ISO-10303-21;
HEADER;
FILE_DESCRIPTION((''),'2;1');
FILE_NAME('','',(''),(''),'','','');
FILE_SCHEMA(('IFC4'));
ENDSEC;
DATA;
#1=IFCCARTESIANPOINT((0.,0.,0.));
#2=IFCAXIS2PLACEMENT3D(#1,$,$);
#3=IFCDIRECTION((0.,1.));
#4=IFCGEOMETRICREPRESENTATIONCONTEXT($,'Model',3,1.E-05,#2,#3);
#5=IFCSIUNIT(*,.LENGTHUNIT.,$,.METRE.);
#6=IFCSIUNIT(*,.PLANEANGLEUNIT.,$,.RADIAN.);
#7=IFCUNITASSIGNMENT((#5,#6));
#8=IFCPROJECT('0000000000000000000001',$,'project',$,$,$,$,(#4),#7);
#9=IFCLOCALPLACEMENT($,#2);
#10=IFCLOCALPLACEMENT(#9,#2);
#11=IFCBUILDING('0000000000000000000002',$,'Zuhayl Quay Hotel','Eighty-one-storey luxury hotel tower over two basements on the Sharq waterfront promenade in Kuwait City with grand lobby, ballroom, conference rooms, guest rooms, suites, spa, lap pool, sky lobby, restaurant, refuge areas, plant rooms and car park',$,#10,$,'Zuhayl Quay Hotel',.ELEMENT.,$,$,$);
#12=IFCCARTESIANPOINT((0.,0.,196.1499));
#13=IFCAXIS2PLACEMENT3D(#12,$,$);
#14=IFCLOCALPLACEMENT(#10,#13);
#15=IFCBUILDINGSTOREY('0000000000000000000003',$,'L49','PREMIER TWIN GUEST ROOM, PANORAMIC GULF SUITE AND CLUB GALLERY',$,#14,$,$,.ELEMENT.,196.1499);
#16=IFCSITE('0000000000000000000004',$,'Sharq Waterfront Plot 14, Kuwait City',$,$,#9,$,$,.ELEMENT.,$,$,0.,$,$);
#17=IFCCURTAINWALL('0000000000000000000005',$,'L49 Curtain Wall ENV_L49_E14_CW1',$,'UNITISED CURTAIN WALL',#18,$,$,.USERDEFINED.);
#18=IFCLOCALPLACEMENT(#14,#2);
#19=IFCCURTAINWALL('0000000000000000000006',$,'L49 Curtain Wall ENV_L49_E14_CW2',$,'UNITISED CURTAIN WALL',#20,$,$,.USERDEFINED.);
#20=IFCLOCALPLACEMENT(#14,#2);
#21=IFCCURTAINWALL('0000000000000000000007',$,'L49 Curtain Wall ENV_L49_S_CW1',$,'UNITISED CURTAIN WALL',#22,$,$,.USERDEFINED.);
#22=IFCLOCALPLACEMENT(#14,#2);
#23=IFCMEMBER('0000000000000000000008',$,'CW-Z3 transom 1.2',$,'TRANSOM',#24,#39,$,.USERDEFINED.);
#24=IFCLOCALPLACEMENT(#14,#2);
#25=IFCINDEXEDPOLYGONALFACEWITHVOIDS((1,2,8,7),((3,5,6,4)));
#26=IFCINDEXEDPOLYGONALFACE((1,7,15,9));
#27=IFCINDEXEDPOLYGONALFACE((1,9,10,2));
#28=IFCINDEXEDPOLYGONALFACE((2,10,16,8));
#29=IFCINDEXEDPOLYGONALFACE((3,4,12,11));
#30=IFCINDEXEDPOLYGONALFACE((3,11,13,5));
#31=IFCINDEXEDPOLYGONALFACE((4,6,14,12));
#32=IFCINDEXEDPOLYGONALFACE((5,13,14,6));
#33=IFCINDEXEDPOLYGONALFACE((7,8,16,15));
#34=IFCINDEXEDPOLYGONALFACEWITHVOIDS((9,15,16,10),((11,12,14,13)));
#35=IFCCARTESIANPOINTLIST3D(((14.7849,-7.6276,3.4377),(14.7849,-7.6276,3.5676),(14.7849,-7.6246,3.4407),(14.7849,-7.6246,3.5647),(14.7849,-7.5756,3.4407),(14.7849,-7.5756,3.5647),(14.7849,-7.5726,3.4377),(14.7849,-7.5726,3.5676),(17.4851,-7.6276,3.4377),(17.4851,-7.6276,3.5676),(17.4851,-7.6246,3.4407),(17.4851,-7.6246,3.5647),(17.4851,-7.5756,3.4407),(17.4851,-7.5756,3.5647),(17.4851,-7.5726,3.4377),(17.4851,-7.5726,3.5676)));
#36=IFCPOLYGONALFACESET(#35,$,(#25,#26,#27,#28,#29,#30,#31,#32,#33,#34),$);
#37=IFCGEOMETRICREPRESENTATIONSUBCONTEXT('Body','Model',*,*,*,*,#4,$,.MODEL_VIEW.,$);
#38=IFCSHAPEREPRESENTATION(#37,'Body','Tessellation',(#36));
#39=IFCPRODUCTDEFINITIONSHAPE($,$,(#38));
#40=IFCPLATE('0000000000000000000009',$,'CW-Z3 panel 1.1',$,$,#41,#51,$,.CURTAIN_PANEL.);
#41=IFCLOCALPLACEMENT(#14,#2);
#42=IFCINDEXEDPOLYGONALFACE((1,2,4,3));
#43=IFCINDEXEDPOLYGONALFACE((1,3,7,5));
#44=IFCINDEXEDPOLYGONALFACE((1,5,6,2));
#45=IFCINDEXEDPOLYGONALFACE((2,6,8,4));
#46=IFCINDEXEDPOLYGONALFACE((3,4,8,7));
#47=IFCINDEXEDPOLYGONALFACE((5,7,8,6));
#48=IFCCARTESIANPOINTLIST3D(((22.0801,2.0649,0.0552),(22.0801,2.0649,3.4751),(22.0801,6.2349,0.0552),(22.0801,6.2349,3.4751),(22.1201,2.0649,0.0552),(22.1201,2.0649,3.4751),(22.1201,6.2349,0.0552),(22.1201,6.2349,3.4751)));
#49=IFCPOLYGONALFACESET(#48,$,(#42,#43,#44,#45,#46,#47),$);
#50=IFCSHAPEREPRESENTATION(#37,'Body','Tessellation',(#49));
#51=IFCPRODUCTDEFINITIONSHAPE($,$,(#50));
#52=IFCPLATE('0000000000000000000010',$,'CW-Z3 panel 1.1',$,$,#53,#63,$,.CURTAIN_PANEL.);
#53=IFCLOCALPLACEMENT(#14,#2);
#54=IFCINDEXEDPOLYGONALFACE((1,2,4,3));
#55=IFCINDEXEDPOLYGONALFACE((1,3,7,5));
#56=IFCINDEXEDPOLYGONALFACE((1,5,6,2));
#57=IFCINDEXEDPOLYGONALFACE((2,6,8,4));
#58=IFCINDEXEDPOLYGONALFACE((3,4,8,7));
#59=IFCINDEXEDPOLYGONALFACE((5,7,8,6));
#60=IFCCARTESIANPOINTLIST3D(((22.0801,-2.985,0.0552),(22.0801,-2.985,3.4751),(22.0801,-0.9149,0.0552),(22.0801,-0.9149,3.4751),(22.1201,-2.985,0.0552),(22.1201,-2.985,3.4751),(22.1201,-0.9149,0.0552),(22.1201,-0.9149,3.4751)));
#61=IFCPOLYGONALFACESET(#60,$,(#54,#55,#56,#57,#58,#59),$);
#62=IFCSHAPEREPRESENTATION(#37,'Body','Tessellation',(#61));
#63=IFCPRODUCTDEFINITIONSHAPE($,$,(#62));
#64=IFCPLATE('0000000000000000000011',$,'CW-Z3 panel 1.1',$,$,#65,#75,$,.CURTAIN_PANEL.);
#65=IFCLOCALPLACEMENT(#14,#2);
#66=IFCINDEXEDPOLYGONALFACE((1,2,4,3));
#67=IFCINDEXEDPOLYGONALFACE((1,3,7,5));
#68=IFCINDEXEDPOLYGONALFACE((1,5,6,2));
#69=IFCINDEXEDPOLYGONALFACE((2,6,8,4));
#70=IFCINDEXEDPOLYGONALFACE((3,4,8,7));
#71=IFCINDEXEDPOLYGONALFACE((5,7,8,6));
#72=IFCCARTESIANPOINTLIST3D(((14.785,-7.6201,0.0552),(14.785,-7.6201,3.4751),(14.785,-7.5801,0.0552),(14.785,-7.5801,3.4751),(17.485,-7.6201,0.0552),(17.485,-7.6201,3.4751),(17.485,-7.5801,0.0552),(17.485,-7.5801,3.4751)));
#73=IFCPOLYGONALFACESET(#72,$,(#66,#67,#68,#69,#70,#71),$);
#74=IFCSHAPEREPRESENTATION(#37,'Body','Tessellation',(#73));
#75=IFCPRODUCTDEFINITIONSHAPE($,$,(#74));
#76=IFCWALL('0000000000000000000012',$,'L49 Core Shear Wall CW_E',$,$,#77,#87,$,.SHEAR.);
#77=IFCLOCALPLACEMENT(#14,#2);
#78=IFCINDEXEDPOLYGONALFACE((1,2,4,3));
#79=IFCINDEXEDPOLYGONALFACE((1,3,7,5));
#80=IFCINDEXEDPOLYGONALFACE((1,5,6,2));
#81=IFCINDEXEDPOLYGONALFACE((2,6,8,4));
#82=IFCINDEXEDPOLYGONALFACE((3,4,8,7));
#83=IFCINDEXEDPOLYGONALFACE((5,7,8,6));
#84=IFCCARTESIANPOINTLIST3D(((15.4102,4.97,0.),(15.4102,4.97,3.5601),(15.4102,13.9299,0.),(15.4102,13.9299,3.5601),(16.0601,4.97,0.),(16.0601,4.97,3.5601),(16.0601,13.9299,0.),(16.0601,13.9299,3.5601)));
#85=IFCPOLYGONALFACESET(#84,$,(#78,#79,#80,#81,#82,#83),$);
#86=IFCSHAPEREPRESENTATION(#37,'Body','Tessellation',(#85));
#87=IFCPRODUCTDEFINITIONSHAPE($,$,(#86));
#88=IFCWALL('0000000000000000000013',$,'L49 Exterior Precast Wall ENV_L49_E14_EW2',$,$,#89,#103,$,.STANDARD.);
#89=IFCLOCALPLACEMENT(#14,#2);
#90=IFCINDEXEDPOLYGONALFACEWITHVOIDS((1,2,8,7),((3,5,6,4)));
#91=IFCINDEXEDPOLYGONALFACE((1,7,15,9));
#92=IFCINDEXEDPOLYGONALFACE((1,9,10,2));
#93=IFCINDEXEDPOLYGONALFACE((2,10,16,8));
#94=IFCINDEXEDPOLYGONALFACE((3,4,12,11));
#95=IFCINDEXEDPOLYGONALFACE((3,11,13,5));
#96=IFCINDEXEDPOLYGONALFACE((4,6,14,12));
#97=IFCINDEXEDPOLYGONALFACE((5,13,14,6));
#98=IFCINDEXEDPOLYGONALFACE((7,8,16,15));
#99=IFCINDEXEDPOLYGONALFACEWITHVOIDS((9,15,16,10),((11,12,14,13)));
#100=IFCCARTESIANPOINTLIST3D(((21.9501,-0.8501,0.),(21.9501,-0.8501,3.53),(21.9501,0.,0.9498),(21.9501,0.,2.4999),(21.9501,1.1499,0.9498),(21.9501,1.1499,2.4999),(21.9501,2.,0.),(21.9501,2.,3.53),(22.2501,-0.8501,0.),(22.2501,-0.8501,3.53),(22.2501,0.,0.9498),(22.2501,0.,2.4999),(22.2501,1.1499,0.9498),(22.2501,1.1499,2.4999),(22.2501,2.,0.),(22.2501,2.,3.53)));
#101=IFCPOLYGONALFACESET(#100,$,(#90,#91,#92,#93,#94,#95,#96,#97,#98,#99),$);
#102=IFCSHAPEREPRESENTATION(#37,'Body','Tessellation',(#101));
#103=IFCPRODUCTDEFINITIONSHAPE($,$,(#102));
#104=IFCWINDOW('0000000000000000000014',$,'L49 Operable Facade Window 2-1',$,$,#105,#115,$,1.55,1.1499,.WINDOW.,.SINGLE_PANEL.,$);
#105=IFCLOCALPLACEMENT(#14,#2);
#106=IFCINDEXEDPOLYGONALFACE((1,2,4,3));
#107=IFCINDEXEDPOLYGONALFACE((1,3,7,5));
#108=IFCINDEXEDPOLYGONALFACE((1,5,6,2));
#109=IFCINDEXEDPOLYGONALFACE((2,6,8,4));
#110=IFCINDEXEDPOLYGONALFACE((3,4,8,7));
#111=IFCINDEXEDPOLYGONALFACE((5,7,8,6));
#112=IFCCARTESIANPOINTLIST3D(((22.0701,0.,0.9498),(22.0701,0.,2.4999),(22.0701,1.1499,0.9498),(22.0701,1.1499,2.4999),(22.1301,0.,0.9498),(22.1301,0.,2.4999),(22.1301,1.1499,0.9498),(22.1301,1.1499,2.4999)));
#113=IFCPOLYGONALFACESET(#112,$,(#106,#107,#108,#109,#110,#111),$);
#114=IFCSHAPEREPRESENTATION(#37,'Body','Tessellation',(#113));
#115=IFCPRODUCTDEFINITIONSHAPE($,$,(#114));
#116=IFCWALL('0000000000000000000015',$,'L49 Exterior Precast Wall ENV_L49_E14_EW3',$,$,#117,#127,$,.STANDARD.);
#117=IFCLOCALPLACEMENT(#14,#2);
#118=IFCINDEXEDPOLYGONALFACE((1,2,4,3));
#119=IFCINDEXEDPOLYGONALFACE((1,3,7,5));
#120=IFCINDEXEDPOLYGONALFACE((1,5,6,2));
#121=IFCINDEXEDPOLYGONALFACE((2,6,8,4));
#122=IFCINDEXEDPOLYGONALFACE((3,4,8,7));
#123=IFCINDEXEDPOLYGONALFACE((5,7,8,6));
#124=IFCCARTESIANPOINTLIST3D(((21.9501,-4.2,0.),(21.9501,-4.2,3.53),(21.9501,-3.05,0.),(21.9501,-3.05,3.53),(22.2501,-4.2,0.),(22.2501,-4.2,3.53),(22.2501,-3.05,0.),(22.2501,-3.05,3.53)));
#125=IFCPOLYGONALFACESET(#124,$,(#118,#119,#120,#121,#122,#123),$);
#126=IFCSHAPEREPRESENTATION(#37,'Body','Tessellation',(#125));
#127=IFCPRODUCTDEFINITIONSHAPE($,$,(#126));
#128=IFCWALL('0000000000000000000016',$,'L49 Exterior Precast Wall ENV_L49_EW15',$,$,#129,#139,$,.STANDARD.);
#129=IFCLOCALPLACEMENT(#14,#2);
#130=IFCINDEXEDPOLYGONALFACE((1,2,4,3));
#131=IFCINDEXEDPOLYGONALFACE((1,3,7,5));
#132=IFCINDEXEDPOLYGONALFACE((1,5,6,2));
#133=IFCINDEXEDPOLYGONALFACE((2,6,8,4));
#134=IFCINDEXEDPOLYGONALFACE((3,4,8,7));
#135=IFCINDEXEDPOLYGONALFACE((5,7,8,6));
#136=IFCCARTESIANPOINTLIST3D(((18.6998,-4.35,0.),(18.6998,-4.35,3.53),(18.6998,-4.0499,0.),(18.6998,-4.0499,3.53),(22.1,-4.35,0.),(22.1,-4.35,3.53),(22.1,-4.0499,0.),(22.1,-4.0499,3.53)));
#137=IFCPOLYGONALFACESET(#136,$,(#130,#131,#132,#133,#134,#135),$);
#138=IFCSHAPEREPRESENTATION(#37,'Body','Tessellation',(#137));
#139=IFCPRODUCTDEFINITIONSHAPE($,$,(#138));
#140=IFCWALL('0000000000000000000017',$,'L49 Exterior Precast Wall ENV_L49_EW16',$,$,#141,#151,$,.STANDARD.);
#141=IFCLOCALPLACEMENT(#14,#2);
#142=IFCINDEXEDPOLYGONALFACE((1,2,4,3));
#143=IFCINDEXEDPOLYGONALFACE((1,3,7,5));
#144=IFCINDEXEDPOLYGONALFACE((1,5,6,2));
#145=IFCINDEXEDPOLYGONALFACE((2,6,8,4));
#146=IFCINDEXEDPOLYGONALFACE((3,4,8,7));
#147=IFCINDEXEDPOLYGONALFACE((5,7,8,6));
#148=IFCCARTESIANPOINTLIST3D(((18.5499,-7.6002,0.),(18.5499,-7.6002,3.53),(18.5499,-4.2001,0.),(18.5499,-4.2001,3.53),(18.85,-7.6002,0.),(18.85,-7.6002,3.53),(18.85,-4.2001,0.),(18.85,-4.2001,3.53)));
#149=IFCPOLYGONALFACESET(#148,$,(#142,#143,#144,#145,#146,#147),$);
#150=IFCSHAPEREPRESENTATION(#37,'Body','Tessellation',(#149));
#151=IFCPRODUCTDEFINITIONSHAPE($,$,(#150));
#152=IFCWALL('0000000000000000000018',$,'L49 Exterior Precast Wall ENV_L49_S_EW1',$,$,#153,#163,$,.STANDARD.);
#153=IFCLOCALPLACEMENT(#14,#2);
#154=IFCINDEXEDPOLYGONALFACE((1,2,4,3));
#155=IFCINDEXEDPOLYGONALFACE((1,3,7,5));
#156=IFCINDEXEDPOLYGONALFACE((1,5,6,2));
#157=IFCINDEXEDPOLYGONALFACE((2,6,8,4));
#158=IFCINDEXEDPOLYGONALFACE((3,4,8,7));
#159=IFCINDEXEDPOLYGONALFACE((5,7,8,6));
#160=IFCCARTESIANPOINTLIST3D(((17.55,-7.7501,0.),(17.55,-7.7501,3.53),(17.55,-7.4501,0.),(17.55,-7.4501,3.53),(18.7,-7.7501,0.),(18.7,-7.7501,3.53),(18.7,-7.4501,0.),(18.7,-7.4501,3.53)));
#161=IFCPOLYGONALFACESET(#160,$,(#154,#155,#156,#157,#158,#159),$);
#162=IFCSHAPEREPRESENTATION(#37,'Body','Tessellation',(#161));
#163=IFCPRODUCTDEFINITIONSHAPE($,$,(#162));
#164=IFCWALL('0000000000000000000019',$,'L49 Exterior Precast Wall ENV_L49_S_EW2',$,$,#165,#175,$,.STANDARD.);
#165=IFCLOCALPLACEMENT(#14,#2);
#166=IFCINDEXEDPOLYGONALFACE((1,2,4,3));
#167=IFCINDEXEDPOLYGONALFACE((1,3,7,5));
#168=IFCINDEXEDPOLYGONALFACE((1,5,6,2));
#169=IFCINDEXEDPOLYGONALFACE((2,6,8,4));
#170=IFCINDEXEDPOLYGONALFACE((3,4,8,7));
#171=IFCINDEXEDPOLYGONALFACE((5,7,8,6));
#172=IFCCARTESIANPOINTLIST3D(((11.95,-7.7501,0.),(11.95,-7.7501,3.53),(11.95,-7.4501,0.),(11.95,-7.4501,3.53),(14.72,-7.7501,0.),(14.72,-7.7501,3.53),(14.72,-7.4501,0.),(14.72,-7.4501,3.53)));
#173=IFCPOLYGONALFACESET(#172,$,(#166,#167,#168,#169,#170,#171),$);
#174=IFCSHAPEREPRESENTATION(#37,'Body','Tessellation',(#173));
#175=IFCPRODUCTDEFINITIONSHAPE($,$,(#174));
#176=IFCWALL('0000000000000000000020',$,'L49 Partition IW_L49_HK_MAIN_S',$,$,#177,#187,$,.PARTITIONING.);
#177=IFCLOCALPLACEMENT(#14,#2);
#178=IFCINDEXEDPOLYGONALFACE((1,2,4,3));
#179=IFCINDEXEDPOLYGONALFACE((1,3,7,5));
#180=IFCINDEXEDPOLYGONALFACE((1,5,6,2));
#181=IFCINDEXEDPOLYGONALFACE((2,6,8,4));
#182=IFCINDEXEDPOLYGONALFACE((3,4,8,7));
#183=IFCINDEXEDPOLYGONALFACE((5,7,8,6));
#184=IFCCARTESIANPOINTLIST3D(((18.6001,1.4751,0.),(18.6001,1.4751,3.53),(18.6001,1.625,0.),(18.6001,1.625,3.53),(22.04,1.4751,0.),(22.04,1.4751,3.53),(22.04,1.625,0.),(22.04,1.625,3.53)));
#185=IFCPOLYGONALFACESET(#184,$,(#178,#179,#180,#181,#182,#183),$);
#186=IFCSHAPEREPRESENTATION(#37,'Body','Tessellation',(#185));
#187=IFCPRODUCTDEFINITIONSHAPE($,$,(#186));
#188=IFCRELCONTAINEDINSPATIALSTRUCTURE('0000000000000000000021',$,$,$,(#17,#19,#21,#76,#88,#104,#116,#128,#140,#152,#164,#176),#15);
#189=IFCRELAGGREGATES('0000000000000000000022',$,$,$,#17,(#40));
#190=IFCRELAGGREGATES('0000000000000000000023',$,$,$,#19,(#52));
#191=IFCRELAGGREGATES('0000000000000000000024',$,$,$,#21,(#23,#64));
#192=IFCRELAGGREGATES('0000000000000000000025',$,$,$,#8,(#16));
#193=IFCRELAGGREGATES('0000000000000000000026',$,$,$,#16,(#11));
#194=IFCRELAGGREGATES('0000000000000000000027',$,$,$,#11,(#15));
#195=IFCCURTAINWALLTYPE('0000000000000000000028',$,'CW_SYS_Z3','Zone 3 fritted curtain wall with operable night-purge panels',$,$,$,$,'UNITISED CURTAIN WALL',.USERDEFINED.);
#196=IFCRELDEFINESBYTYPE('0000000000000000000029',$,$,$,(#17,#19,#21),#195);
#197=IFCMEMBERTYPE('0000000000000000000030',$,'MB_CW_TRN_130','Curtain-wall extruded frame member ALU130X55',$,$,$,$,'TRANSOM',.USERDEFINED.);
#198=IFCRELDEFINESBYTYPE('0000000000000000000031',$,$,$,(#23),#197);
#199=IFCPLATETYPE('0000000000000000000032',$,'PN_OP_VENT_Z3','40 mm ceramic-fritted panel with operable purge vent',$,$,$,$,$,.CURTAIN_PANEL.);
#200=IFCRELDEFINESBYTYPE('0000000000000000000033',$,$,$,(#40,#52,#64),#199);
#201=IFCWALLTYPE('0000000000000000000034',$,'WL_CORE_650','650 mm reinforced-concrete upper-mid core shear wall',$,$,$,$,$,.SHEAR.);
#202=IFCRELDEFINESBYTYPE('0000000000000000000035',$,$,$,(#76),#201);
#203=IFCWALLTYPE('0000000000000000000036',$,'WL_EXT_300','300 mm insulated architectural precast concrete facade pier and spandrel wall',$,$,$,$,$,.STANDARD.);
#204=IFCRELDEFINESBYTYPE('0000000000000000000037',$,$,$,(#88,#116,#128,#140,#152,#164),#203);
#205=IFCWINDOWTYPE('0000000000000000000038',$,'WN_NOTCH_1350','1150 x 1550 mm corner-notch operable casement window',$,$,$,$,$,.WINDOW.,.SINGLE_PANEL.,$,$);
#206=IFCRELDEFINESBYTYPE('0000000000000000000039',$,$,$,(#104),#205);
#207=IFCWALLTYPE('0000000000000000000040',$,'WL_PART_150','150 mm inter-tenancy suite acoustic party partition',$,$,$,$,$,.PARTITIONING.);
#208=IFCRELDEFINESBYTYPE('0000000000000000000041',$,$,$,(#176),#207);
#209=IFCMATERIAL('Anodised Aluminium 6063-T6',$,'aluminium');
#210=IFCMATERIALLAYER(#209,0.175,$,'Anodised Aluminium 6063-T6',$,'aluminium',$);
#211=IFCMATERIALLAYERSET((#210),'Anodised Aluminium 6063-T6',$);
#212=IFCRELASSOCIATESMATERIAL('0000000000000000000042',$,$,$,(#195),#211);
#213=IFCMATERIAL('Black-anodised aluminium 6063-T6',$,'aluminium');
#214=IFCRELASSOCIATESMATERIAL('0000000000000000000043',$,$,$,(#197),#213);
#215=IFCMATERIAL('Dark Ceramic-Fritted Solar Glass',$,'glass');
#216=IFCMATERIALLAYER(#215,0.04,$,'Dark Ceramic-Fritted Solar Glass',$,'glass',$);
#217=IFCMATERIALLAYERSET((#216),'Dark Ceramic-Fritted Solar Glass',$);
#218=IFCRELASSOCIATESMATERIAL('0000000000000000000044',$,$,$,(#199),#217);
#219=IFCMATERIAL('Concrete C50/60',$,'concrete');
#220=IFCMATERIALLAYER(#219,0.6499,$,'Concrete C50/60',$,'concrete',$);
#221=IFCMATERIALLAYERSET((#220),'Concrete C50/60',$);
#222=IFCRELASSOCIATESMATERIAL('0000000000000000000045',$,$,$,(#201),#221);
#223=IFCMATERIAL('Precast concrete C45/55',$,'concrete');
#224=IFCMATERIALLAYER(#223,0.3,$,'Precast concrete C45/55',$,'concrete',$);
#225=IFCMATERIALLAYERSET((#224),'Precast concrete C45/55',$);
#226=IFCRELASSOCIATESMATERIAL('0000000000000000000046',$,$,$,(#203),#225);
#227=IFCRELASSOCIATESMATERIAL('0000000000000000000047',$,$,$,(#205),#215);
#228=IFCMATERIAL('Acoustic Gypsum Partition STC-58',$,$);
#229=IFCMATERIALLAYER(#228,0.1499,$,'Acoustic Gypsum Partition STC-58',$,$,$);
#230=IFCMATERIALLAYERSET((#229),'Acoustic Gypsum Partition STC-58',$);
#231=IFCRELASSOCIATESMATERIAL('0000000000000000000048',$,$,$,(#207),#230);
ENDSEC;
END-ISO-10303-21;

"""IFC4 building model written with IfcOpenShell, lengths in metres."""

from ifc_helpers import new_model, si_unit, direction, frame, frame_2d, origin, origin_2d, place, context, subcontext, project, spatial, rectangle, hollow_rectangle, extrude, material, layer, layer_set, material_profile, profile_set, type_object, element, fill, aggregate, save


model = new_model("IFC4")

# Units and contexts
model_context = context("Model", 3, precision=1e-05, world=origin(), true_north=direction((0.0, 1.0)))
body_context = subcontext(model_context, "Body", "Model", "MODEL_VIEW")
ifc_project = project(units=[si_unit("LENGTHUNIT", "METRE"), si_unit("PLANEANGLEUNIT", "RADIAN")], contexts=[model_context])

# Site, building, storey
site_placement = place(None, origin())
site = spatial("IfcSite", under=ifc_project, at=site_placement, Name="Sharq Waterfront Plot 14, Kuwait City", CompositionType="ELEMENT", RefElevation=0.0)
building_placement = place(site_placement, origin())
building = spatial("IfcBuilding", under=site, at=building_placement, Name="Zuhayl Quay Hotel", Description="Eighty-one-storey luxury hotel tower over two basements on the Sharq waterfront promenade in Kuwait City with grand lobby, ballroom, conference rooms, guest rooms, suites, spa, lap pool, sky lobby, restaurant, refuge areas, plant rooms and car park", LongName="Zuhayl Quay Hotel", CompositionType="ELEMENT")
storey_placement = place(building_placement, frame((0.0, 0.0, 196.1499)))
storey = spatial("IfcBuildingStorey", under=building, at=storey_placement, Name="L49", Description="PREMIER TWIN GUEST ROOM, PANORAMIC GULF SUITE AND CLUB GALLERY", CompositionType="ELEMENT", Elevation=196.1499)

# Curtain walls
ifc_material_1 = material(Name="Anodised Aluminium 6063-T6", Category="aluminium")
ifc_layer_1 = layer(ifc_material_1, 0.175, Name="Anodised Aluminium 6063-T6", Category="aluminium")
ifc_layer_set_1 = layer_set([ifc_layer_1], Name="Anodised Aluminium 6063-T6")
curtain_wall_type = type_object("IfcCurtainWallType", Name="CW_SYS_Z3", Description="Zone 3 fritted curtain wall with operable night-purge panels", ElementType="UNITISED CURTAIN WALL", PredefinedType="USERDEFINED", material=ifc_layer_set_1)
curtain_wall_1_placement = place(storey_placement, origin())
curtain_wall_1 = element("IfcCurtainWall", 1, at=curtain_wall_1_placement, inside=storey, type_object=curtain_wall_type, Name="L49 Curtain Wall ENV_L49_E14_CW1", ObjectType="UNITISED CURTAIN WALL", PredefinedType="USERDEFINED")
ifc_material_2 = material(Name="Black-anodised aluminium 6063-T6", Category="aluminium")
curtain_wall_2_placement = place(storey_placement, origin())
curtain_wall_2 = element("IfcCurtainWall", 2, at=curtain_wall_2_placement, inside=storey, type_object=curtain_wall_type, Name="L49 Curtain Wall ENV_L49_E14_CW2", ObjectType="UNITISED CURTAIN WALL", PredefinedType="USERDEFINED")
curtain_wall_3_placement = place(storey_placement, origin())
curtain_wall_3 = element("IfcCurtainWall", 3, at=curtain_wall_3_placement, inside=storey, type_object=curtain_wall_type, Name="L49 Curtain Wall ENV_L49_S_CW1", ObjectType="UNITISED CURTAIN WALL", PredefinedType="USERDEFINED")

# Member
ifc_material_profile_1 = material_profile(ifc_material_2, hollow_rectangle(XDim=0.0549, YDim=0.1299, WallThickness=0.0029, at=origin_2d()), Name="ALU130X55")
ifc_profile_set_1 = profile_set([ifc_material_profile_1], Name="Black-anodised aluminium 6063-T6")
member_type_1 = type_object("IfcMemberType", Name="MB_CW_TRN_130", Description="Curtain-wall extruded frame member ALU130X55", ElementType="TRANSOM", PredefinedType="USERDEFINED", material=ifc_profile_set_1)
member_1_placement = place(storey_placement, frame((17.4851, -7.6001, 3.5027), z_axis=(-1.0, 0.0, 0.0), x_axis=(0.0, -1.0, 0.0)))
member_1 = element("IfcMember", 4, at=member_1_placement, type_object=member_type_1, Name="CW-Z3 transom 1.2", ObjectType="TRANSOM", PredefinedType="USERDEFINED", context=body_context, shape_type="SweptSolid", body=[
    extrude(hollow_rectangle(XDim=0.0549, YDim=0.1299, WallThickness=0.0029, at=origin_2d()), origin(), (0.0, 0.0, 1.0), 2.7002),
])

# Plates
ifc_material_3 = material(Name="Dark Ceramic-Fritted Solar Glass", Category="glass")
ifc_layer_2 = layer(ifc_material_3, 0.04, Name="Dark Ceramic-Fritted Solar Glass", Category="glass")
ifc_layer_set_2 = layer_set([ifc_layer_2], Name="Dark Ceramic-Fritted Solar Glass")
plate_type = type_object("IfcPlateType", Name="PN_OP_VENT_Z3", Description="40 mm ceramic-fritted panel with operable purge vent", PredefinedType="CURTAIN_PANEL", material=ifc_layer_set_2)
plate_1_placement = place(storey_placement, frame((22.1001, 4.1499, 0.0552), z_axis=(0.0, 0.0, 1.0), x_axis=(0.0, -1.0, 0.0)))
plate_1 = element("IfcPlate", 5, at=plate_1_placement, type_object=plate_type, Name="CW-Z3 panel 1.1", PredefinedType="CURTAIN_PANEL", context=body_context, shape_type="SweptSolid", body=[
    extrude(rectangle(XDim=4.1699, YDim=0.04, at=origin_2d()), origin(), (0.0, 0.0, 1.0), 3.4199),
])
aggregate(curtain_wall_1, [plate_1])
plate_2_placement = place(storey_placement, frame((22.1001, -1.95, 0.0552), z_axis=(0.0, 0.0, 1.0), x_axis=(0.0, -1.0, 0.0)))
plate_2 = element("IfcPlate", 6, at=plate_2_placement, type_object=plate_type, Name="CW-Z3 panel 1.1", PredefinedType="CURTAIN_PANEL", context=body_context, shape_type="SweptSolid", body=[
    extrude(rectangle(XDim=2.0701, YDim=0.04, at=origin_2d()), origin(), (0.0, 0.0, 1.0), 3.4199),
])
aggregate(curtain_wall_2, [plate_2])
plate_3_placement = place(storey_placement, frame((16.135, -7.6001, 0.0552), z_axis=(0.0, 0.0, 1.0), x_axis=(-1.0, 0.0, 0.0)))
plate_3 = element("IfcPlate", 7, at=plate_3_placement, type_object=plate_type, Name="CW-Z3 panel 1.1", PredefinedType="CURTAIN_PANEL", context=body_context, shape_type="SweptSolid", body=[
    extrude(rectangle(XDim=2.7, YDim=0.04, at=origin_2d()), origin(), (0.0, 0.0, 1.0), 3.4199),
])
aggregate(curtain_wall_3, [member_1, plate_3])

# Wall
ifc_material_4 = material(Name="Concrete C50/60", Category="concrete")
ifc_layer_3 = layer(ifc_material_4, 0.6499, Name="Concrete C50/60", Category="concrete")
ifc_layer_set_3 = layer_set([ifc_layer_3], Name="Concrete C50/60")
wall_type_1 = type_object("IfcWallType", Name="WL_CORE_650", Description="650 mm reinforced-concrete upper-mid core shear wall", PredefinedType="SHEAR", material=ifc_layer_set_3)
wall_1_placement = place(storey_placement, frame((15.7351, 4.97, 0.0), z_axis=(0.0, 0.0, 1.0), x_axis=(0.0, 1.0, 0.0)))
element("IfcWall", 8, at=wall_1_placement, inside=storey, type_object=wall_type_1, Name="L49 Core Shear Wall CW_E", PredefinedType="SHEAR", context=body_context, shape_type="SweptSolid", body=[
    extrude(rectangle(XDim=8.96, YDim=0.6499, at=frame_2d((4.48, 0.0))), origin(), (0.0, 0.0, 1.0), 3.5601),
])

# Wall, opening, window
ifc_material_5 = material(Name="Precast concrete C45/55", Category="concrete")
ifc_layer_4 = layer(ifc_material_5, 0.3, Name="Precast concrete C45/55", Category="concrete")
ifc_layer_set_4 = layer_set([ifc_layer_4], Name="Precast concrete C45/55")
wall_type_2 = type_object("IfcWallType", Name="WL_EXT_300", Description="300 mm insulated architectural precast concrete facade pier and spandrel wall", PredefinedType="STANDARD", material=ifc_layer_set_4)
wall_2_placement = place(storey_placement, frame((22.1001, 2.0, 0.0), z_axis=(0.0, 0.0, 1.0), x_axis=(0.0, -1.0, 0.0)))
wall_2 = element("IfcWall", 9, at=wall_2_placement, inside=storey, type_object=wall_type_2, Name="L49 Exterior Precast Wall ENV_L49_E14_EW2", PredefinedType="STANDARD", context=body_context, shape_type="SweptSolid", body=[
    extrude(rectangle(XDim=2.8501, YDim=0.3, at=frame_2d((1.425, 0.0))), origin(), (0.0, 0.0, 1.0), 3.53),
])
opening_1_placement = place(wall_2_placement, frame((0.8501, 0.0, 0.95)))
opening_1 = element("IfcOpeningElement", 10, at=opening_1_placement, cuts=wall_2, PredefinedType="OPENING", context=body_context, shape_type="SweptSolid", body=[
    extrude(rectangle(XDim=1.1499, YDim=1.55, at=frame_2d((0.575, 0.7749))), frame((0.0, 0.1599, 0.0), z_axis=(0.0, -1.0, 0.0), x_axis=(1.0, 0.0, 0.0)), (0.0, 0.0, 1.0), 0.3201),
])
window_type = type_object("IfcWindowType", Name="WN_NOTCH_1350", Description="1150 x 1550 mm corner-notch operable casement window", PartitioningType="SINGLE_PANEL", PredefinedType="WINDOW", material=ifc_material_3)
window_placement = place(opening_1_placement, origin())
window = element("IfcWindow", 11, at=window_placement, inside=storey, type_object=window_type, Name="L49 Operable Facade Window 2-1", OverallHeight=1.55, OverallWidth=1.1499, PartitioningType="SINGLE_PANEL", PredefinedType="WINDOW", context=body_context, shape_type="SweptSolid", body=[
    extrude(rectangle(XDim=1.1499, YDim=1.55, at=frame_2d((0.575, 0.7749))), frame((0.0, 0.03, 0.0), z_axis=(0.0, -1.0, 0.0), x_axis=(1.0, 0.0, 0.0)), (0.0, 0.0, 1.0), 0.0601),
])
fill(opening_1, window)

# Walls
wall_3_placement = place(storey_placement, frame((22.1001, -3.05, 0.0), z_axis=(0.0, 0.0, 1.0), x_axis=(0.0, -1.0, 0.0)))
element("IfcWall", 12, at=wall_3_placement, inside=storey, type_object=wall_type_2, Name="L49 Exterior Precast Wall ENV_L49_E14_EW3", PredefinedType="STANDARD", context=body_context, shape_type="SweptSolid", body=[
    extrude(rectangle(XDim=1.1499, YDim=0.3, at=frame_2d((0.575, 0.0))), origin(), (0.0, 0.0, 1.0), 3.53),
])
for number, where, z_axis, x_axis, name in (
    (13, (22.1001, -4.2, 0.0), (0.0, 0.0, 1.0), (-1.0, 0.0, 0.0), "L49 Exterior Precast Wall ENV_L49_EW15"),
    (14, (18.7, -4.2, 0.0), (0.0, 0.0, 1.0), (0.0, -1.0, 0.0), "L49 Exterior Precast Wall ENV_L49_EW16"),
):
    element("IfcWall", number, at=place(storey_placement, frame(where, z_axis=z_axis, x_axis=x_axis)), inside=storey, type_object=wall_type_2, Name=name, PredefinedType="STANDARD", context=body_context, shape_type="SweptSolid", body=[
        extrude(rectangle(XDim=3.4001, YDim=0.3, at=frame_2d((1.7002, 0.0))), origin(), (0.0, 0.0, 1.0), 3.53),
    ])
wall_4_placement = place(storey_placement, frame((18.7, -7.6001, 0.0), z_axis=(0.0, 0.0, 1.0), x_axis=(-1.0, 0.0, 0.0)))
element("IfcWall", 15, at=wall_4_placement, inside=storey, type_object=wall_type_2, Name="L49 Exterior Precast Wall ENV_L49_S_EW1", PredefinedType="STANDARD", context=body_context, shape_type="SweptSolid", body=[
    extrude(rectangle(XDim=1.1499, YDim=0.3, at=frame_2d((0.575, 0.0))), origin(), (0.0, 0.0, 1.0), 3.53),
])
wall_5_placement = place(storey_placement, frame((14.72, -7.6001, 0.0), z_axis=(0.0, 0.0, 1.0), x_axis=(-1.0, 0.0, 0.0)))
element("IfcWall", 16, at=wall_5_placement, inside=storey, type_object=wall_type_2, Name="L49 Exterior Precast Wall ENV_L49_S_EW2", PredefinedType="STANDARD", context=body_context, shape_type="SweptSolid", body=[
    extrude(rectangle(XDim=2.77, YDim=0.3, at=frame_2d((1.385, 0.0))), origin(), (0.0, 0.0, 1.0), 3.53),
])
ifc_material_6 = material(Name="Acoustic Gypsum Partition STC-58")
ifc_layer_5 = layer(ifc_material_6, 0.1499, Name="Acoustic Gypsum Partition STC-58")
ifc_layer_set_5 = layer_set([ifc_layer_5], Name="Acoustic Gypsum Partition STC-58")
wall_type_3 = type_object("IfcWallType", Name="WL_PART_150", Description="150 mm inter-tenancy suite acoustic party partition", PredefinedType="PARTITIONING", material=ifc_layer_set_5)
wall_6_placement = place(storey_placement, frame((18.6001, 1.55, 0.0), z_axis=(0.0, 0.0, 1.0), x_axis=(1.0, 0.0, 0.0)))
element("IfcWall", 17, at=wall_6_placement, inside=storey, type_object=wall_type_3, Name="L49 Partition IW_L49_HK_MAIN_S", PredefinedType="PARTITIONING", context=body_context, shape_type="SweptSolid", body=[
    extrude(rectangle(XDim=3.4399, YDim=0.1499, at=frame_2d((1.72, 0.0))), origin(), (0.0, 0.0, 1.0), 3.53),
])

save(model, "model.ifc")
